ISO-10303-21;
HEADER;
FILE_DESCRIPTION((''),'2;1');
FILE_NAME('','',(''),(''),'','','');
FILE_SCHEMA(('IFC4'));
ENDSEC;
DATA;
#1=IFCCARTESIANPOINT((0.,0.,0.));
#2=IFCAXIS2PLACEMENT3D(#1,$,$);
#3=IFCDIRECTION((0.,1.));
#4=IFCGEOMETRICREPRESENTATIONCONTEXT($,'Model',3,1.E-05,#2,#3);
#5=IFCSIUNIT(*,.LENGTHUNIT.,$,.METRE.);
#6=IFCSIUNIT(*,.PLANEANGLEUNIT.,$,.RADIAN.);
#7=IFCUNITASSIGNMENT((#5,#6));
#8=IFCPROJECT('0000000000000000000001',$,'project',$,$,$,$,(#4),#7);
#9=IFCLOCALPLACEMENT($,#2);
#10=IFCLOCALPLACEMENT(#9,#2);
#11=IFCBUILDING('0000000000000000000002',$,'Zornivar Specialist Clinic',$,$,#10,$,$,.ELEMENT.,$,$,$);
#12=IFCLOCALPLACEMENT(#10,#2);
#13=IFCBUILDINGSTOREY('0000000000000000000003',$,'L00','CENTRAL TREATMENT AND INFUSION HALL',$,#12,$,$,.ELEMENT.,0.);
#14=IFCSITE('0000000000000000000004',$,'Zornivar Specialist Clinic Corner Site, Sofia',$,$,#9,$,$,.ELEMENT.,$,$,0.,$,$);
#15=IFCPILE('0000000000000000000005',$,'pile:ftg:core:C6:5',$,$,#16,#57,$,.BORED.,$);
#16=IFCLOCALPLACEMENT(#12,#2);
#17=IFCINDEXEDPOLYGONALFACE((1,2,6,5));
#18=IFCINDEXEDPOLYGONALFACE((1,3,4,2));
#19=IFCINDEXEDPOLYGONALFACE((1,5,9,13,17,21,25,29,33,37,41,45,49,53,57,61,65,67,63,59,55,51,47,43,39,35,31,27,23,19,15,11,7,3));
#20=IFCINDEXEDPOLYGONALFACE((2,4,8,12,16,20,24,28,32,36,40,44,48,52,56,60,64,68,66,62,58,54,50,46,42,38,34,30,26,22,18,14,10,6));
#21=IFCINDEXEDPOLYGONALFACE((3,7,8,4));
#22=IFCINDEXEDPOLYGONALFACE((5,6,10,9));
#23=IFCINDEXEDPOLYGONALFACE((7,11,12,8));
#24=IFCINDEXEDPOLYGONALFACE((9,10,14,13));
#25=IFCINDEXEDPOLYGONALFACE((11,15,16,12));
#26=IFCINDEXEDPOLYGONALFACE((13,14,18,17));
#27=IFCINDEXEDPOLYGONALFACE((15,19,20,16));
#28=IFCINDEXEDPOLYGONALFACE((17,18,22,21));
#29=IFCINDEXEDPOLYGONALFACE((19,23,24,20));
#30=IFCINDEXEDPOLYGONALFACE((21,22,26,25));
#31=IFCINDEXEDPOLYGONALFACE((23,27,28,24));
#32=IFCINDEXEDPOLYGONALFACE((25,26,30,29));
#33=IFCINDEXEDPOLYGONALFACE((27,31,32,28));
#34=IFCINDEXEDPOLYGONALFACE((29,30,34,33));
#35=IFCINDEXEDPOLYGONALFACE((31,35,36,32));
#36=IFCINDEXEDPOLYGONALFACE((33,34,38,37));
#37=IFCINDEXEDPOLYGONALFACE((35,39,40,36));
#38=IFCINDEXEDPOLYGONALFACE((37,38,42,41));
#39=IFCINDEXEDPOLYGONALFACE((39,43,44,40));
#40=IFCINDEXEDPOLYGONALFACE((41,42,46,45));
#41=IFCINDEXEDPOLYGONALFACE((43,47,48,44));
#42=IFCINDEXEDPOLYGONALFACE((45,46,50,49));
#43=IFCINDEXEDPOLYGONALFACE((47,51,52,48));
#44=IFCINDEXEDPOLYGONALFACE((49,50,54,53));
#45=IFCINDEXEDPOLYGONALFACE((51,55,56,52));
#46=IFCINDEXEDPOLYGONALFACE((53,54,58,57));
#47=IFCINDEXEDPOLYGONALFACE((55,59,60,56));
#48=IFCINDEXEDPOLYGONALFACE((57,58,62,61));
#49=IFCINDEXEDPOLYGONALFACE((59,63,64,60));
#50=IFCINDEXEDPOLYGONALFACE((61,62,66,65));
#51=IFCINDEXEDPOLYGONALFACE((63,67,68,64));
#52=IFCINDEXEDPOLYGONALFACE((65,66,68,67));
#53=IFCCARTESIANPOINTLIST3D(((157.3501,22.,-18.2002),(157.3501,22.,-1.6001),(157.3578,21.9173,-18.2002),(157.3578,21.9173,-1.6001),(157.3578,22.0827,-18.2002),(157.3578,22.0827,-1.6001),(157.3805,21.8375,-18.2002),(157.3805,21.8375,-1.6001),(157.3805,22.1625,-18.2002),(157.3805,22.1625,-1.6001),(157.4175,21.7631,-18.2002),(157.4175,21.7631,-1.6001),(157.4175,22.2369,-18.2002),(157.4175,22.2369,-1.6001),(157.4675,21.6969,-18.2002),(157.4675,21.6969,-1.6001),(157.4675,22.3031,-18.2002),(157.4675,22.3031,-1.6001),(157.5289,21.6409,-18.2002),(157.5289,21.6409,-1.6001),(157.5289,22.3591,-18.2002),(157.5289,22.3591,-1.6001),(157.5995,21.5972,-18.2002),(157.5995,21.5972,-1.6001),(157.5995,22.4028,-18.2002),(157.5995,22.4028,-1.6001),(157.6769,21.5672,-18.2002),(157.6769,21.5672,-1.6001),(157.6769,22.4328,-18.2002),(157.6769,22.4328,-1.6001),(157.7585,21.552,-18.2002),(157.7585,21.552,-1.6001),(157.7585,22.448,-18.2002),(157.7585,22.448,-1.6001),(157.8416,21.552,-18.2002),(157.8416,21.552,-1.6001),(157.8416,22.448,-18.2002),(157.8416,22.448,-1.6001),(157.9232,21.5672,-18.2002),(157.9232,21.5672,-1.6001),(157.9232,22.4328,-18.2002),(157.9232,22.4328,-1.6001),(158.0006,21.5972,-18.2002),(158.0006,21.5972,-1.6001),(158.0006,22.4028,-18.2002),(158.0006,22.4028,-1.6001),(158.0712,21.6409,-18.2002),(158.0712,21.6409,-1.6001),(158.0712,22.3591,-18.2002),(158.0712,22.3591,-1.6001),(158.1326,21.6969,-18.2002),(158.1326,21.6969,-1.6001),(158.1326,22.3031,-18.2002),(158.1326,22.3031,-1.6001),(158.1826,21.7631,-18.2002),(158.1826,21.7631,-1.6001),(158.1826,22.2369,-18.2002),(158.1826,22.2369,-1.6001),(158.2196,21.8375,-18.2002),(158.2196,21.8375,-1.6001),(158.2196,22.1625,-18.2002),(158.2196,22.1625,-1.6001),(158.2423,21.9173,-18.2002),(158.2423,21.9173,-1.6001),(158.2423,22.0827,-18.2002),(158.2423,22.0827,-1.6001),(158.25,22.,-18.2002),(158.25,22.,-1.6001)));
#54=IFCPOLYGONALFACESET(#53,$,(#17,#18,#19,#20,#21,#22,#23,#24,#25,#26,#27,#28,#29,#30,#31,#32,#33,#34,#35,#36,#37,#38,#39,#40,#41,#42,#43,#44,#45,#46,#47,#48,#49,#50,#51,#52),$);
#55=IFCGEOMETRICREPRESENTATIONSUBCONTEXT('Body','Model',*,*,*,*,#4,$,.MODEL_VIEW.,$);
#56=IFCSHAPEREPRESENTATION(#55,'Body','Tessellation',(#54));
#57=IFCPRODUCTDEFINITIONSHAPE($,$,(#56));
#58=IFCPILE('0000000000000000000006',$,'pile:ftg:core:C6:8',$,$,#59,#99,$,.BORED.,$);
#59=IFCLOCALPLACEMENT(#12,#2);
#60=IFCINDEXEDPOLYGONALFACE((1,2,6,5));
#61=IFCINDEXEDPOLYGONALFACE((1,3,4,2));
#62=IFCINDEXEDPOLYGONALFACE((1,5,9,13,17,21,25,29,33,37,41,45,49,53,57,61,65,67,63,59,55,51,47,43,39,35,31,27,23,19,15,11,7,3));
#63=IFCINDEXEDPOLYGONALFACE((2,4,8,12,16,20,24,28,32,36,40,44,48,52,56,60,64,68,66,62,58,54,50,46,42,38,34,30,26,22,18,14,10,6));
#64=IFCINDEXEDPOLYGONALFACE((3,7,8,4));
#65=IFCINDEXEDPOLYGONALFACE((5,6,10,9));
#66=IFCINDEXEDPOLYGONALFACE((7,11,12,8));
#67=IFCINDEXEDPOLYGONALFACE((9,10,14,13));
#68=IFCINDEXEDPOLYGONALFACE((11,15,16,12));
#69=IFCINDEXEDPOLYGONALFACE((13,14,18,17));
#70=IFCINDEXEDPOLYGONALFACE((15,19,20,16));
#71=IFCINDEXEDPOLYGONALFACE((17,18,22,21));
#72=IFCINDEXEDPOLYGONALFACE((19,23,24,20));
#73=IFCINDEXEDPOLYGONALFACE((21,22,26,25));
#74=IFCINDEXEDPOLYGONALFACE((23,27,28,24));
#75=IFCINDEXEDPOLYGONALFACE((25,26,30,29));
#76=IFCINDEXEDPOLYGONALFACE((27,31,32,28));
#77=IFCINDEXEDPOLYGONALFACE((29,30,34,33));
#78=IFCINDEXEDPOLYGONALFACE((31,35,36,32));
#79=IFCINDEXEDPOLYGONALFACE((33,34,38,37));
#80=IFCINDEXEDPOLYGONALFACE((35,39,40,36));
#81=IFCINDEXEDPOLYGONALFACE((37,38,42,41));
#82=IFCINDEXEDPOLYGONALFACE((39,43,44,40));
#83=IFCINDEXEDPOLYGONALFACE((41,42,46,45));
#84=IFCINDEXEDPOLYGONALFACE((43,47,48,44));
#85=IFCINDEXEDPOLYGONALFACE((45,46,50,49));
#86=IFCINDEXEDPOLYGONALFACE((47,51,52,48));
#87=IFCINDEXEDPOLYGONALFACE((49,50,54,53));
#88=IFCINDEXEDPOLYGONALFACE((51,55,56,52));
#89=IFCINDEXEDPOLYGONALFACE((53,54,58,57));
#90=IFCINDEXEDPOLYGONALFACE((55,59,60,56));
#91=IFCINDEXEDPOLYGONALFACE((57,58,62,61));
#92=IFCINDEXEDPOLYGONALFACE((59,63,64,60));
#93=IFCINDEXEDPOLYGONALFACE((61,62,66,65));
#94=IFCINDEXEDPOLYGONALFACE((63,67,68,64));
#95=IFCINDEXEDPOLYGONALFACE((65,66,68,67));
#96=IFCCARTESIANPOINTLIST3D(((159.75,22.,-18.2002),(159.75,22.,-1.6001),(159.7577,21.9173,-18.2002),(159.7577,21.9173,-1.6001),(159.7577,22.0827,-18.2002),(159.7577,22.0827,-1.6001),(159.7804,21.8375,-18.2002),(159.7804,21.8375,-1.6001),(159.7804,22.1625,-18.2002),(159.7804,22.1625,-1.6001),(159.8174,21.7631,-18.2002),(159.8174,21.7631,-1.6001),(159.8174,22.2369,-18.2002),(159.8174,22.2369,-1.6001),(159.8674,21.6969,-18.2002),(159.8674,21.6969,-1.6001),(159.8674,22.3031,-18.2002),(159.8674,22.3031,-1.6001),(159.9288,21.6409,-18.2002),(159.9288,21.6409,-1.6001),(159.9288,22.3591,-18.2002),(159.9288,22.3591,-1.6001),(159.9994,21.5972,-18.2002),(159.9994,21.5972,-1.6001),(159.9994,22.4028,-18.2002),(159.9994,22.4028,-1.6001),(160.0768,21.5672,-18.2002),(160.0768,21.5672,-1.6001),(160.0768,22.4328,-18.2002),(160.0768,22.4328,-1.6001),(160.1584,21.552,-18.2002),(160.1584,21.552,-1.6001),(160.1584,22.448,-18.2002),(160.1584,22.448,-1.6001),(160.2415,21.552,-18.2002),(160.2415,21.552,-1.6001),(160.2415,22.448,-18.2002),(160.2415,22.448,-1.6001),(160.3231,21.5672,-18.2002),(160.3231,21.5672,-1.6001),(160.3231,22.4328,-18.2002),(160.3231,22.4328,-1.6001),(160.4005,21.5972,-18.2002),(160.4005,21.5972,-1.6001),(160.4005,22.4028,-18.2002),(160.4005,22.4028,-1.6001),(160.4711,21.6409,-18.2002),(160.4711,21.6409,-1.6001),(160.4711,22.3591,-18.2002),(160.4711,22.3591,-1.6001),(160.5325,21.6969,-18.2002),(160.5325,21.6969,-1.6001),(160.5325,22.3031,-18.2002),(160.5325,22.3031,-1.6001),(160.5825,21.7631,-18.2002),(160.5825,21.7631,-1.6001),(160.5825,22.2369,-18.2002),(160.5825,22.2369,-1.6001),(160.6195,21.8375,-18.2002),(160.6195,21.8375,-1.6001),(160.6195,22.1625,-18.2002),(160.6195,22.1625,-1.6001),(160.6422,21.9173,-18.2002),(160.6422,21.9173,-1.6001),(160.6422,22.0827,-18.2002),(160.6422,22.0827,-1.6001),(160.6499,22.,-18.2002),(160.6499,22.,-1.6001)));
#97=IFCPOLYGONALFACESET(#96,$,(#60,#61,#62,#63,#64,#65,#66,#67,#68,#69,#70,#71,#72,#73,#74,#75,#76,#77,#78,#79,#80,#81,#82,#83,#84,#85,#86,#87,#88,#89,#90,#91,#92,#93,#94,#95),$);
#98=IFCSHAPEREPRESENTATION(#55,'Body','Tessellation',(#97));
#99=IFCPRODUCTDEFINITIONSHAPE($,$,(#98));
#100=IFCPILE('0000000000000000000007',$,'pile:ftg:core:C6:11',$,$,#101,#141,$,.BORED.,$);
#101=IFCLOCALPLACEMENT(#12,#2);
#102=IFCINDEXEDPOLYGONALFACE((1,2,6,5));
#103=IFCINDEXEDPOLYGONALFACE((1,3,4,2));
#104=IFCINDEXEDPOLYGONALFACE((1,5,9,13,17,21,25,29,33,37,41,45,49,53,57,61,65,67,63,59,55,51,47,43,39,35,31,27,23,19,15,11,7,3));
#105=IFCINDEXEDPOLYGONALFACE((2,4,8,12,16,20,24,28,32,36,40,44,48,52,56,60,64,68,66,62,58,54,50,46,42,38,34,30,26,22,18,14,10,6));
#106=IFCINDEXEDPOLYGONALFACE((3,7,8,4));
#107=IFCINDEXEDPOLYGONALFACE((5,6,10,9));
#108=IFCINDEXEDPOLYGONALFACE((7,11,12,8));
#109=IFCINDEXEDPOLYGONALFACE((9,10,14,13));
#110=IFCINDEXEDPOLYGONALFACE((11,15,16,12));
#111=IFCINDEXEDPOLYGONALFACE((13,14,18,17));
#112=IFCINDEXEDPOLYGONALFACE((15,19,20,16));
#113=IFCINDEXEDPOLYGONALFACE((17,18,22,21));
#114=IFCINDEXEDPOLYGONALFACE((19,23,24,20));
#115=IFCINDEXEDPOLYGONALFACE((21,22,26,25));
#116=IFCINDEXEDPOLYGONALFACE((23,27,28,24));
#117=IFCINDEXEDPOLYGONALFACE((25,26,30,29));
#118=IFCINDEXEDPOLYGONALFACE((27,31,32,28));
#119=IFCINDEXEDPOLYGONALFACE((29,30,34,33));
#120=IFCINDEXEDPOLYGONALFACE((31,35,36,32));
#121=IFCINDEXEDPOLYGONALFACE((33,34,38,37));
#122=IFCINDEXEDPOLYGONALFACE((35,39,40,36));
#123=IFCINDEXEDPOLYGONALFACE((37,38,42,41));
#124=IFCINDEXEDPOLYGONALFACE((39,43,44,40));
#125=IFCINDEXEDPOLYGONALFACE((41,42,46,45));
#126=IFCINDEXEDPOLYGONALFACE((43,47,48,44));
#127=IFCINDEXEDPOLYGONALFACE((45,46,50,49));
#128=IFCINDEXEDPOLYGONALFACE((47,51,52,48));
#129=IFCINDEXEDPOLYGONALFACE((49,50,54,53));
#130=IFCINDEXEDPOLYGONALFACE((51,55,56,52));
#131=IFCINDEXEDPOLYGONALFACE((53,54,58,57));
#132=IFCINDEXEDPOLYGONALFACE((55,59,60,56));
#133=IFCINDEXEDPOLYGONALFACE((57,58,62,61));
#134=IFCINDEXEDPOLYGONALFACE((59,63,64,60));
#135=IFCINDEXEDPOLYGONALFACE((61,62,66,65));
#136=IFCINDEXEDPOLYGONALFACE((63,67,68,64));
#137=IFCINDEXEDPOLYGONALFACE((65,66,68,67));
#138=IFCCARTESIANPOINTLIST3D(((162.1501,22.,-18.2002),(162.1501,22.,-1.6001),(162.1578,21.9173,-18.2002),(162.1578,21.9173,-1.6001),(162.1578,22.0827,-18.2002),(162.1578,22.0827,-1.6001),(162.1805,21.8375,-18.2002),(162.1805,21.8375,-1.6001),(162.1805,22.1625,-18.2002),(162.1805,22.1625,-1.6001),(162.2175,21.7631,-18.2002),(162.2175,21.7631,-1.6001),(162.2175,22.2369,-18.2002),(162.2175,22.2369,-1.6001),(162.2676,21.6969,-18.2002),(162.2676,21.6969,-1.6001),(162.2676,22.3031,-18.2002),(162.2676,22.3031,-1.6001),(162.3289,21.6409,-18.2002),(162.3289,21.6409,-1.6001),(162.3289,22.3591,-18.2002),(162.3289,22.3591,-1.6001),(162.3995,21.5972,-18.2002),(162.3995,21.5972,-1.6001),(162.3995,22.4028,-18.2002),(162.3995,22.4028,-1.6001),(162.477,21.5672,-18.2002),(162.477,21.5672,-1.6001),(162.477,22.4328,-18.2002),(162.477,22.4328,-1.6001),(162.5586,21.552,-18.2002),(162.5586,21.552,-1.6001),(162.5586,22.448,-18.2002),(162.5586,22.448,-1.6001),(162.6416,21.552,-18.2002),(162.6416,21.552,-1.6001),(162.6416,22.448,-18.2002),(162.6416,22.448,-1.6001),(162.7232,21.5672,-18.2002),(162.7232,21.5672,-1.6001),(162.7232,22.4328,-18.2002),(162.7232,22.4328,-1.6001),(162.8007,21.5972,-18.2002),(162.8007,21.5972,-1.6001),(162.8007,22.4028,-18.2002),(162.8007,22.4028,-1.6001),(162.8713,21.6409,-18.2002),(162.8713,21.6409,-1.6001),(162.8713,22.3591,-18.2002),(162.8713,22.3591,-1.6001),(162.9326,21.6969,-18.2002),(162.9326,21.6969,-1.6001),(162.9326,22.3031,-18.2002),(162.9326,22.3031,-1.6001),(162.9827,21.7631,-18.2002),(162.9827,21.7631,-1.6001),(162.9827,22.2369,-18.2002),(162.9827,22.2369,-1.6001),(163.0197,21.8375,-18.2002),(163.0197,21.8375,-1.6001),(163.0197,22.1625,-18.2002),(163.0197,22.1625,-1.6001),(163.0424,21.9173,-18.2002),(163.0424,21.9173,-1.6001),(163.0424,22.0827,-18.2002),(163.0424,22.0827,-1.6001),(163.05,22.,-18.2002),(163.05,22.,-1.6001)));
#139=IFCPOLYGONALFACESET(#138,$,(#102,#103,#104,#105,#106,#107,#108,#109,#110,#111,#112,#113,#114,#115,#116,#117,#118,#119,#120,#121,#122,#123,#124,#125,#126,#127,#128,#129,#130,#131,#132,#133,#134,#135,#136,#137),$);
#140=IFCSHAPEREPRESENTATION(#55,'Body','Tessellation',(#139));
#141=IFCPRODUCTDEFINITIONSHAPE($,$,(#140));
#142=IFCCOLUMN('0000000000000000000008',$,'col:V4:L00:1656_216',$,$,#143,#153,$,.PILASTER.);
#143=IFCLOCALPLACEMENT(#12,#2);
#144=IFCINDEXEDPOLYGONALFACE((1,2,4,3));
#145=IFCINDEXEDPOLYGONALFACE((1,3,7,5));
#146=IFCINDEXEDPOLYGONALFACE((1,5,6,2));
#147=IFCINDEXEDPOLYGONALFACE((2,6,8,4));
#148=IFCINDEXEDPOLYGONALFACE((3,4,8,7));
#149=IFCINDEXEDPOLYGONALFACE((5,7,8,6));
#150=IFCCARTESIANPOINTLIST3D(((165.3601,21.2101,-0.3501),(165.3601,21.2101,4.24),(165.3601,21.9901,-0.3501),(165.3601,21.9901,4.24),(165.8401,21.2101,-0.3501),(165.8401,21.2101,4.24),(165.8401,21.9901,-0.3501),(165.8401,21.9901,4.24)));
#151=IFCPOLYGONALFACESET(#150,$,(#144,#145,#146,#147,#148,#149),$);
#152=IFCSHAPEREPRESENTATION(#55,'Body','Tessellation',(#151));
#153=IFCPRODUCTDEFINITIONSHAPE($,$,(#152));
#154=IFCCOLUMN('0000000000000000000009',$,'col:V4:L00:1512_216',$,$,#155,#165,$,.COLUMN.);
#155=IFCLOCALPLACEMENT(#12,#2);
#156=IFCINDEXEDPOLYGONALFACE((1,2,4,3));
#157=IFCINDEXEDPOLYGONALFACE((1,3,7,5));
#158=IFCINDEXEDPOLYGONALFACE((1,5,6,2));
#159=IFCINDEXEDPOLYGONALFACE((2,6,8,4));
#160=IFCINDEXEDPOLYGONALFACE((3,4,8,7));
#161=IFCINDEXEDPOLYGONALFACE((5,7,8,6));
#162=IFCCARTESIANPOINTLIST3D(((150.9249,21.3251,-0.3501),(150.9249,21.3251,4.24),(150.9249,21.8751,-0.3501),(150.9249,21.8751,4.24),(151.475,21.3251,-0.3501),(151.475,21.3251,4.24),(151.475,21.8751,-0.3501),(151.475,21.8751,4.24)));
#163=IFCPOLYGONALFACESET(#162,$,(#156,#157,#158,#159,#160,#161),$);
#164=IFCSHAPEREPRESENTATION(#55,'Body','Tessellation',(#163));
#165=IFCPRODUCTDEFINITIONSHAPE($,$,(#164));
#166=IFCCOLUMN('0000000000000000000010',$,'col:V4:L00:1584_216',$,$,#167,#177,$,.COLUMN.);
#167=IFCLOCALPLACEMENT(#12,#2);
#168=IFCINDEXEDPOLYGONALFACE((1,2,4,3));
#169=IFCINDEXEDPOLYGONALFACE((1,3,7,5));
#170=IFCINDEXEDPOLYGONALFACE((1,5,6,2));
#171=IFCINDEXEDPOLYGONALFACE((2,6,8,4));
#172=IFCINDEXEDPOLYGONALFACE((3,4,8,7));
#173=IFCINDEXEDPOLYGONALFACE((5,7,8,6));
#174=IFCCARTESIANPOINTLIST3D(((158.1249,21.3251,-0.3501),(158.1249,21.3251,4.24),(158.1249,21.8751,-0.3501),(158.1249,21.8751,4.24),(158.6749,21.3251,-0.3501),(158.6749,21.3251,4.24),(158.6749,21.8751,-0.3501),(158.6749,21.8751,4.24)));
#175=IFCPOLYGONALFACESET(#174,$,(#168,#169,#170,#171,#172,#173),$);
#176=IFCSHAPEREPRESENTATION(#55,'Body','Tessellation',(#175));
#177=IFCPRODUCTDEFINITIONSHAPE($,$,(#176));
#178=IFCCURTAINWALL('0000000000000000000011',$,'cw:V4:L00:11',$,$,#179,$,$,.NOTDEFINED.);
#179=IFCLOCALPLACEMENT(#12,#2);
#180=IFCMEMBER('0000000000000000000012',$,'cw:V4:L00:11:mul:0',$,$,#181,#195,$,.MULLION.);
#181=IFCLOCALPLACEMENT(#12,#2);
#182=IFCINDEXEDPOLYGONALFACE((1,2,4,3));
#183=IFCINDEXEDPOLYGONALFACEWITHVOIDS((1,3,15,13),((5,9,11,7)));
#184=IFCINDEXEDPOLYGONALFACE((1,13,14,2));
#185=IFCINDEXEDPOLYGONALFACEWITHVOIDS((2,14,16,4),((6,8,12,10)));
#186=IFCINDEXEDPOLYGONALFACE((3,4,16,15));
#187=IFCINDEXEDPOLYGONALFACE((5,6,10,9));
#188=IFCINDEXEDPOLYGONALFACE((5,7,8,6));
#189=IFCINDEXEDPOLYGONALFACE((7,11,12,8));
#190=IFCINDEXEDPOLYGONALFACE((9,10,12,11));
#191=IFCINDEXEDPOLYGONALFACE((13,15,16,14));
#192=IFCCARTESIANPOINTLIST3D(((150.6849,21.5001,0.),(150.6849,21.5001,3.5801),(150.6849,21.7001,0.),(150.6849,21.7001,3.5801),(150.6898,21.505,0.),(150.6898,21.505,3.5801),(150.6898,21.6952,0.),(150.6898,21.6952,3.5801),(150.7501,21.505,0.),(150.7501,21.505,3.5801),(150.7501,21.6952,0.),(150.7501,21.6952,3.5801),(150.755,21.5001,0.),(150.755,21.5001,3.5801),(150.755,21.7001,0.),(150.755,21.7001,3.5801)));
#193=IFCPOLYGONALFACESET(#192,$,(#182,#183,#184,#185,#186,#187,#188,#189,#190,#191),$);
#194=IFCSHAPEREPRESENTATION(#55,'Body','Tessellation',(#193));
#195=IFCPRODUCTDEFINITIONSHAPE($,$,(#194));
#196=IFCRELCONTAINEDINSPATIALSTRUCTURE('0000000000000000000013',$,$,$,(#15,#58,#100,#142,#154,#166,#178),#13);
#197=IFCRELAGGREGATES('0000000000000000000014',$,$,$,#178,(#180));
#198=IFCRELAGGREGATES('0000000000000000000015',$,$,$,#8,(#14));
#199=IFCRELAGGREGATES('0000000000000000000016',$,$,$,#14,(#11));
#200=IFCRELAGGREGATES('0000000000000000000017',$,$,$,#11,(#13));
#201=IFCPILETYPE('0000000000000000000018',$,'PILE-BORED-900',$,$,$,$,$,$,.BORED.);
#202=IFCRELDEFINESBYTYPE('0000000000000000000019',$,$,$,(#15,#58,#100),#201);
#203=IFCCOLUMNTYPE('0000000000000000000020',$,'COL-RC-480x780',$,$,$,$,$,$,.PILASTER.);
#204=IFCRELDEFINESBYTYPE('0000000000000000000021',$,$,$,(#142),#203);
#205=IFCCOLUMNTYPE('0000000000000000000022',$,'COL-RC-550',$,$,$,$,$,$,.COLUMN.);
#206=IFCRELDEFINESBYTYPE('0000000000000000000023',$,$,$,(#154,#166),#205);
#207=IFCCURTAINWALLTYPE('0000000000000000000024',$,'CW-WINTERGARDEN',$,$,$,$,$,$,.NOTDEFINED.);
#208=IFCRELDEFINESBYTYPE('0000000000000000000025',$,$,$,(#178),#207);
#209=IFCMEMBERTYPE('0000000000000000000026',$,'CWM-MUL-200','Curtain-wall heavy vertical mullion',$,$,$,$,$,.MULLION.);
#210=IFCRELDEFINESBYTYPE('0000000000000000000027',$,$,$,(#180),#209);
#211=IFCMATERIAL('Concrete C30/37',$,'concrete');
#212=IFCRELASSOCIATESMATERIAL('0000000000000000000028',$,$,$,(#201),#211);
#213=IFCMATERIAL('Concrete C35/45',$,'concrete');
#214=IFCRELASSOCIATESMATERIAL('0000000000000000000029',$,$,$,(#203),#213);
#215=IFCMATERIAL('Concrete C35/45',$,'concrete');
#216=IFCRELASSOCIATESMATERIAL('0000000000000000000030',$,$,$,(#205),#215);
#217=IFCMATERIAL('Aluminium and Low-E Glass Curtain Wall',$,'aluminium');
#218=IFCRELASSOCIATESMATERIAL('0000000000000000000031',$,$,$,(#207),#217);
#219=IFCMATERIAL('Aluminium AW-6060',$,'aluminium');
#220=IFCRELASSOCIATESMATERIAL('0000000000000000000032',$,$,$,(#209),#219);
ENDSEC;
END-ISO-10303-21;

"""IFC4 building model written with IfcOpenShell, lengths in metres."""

from ifc_helpers import new_model, si_unit, direction, frame, origin, origin_2d, place, context, subcontext, project, spatial, rectangle, hollow_rectangle, circle, extrude, material, material_profile, profile_set, type_object, element, aggregate, save


model = new_model("IFC4")

# Units and contexts
model_context = context("Model", 3, precision=1e-05, world=origin(), true_north=direction((0.0, 1.0)))
body_context = subcontext(model_context, "Body", "Model", "MODEL_VIEW")
ifc_project = project(units=[si_unit("LENGTHUNIT", "METRE"), si_unit("PLANEANGLEUNIT", "RADIAN")], contexts=[model_context])

# Site, building, storey
site_placement = place(None, origin())
site = spatial("IfcSite", under=ifc_project, at=site_placement, Name="Zornivar Specialist Clinic Corner Site, Sofia", CompositionType="ELEMENT", RefElevation=0.0)
building_placement = place(site_placement, origin())
building = spatial("IfcBuilding", under=site, at=building_placement, Name="Zornivar Specialist Clinic", CompositionType="ELEMENT")
storey_placement = place(building_placement, origin())
storey = spatial("IfcBuildingStorey", under=building, at=storey_placement, Name="L00", Description="CENTRAL TREATMENT AND INFUSION HALL", CompositionType="ELEMENT", Elevation=0.0)

# Piles
ifc_material_1 = material(Name="Concrete C30/37", Category="concrete")
ifc_material_profile_1 = material_profile(ifc_material_1, circle(Radius=0.45, at=origin_2d()), Name="PILE D900")
ifc_profile_set_1 = profile_set([ifc_material_profile_1], Name="Concrete C30/37")
pile_type_1 = type_object("IfcPileType", Name="PILE-BORED-900", PredefinedType="BORED", material=ifc_profile_set_1)
for number, where, z_axis, x_axis, name in (
    (1, (157.8, 22.0, -1.6001), (0.0, 0.0, -1.0), (1.0, 0.0, 0.0), "pile:ftg:core:C6:5"),
    (2, (160.2, 22.0, -1.6001), (0.0, 0.0, -1.0), (1.0, 0.0, 0.0), "pile:ftg:core:C6:8"),
    (3, (162.6001, 22.0, -1.6001), (0.0, 0.0, -1.0), (1.0, 0.0, 0.0), "pile:ftg:core:C6:11"),
):
    element("IfcPile", number, at=place(storey_placement, frame(where, z_axis=z_axis, x_axis=x_axis)), inside=storey, type_object=pile_type_1, Name=name, PredefinedType="BORED", context=body_context, shape_type="SweptSolid", body=[
        extrude(circle(Radius=0.45, at=origin_2d()), origin(), (0.0, 0.0, 1.0), 16.6001),
    ])

# Columns
ifc_material_2 = material(Name="Concrete C35/45", Category="concrete")
ifc_material_profile_2 = material_profile(ifc_material_2, rectangle(XDim=0.48, YDim=0.78, at=origin_2d()), Name="RC 480x780")
ifc_profile_set_2 = profile_set([ifc_material_profile_2], Name="Concrete C35/45")
column_type_1 = type_object("IfcColumnType", Name="COL-RC-480x780", PredefinedType="PILASTER", material=ifc_profile_set_2)
column_placement = place(storey_placement, frame((165.6001, 21.6001, -0.3501), z_axis=(0.0, 0.0, 1.0), x_axis=(1.0, 0.0, 0.0)))
element("IfcColumn", 4, at=column_placement, inside=storey, type_object=column_type_1, Name="col:V4:L00:1656_216", PredefinedType="PILASTER", context=body_context, shape_type="SweptSolid", body=[
    extrude(rectangle(XDim=0.48, YDim=0.78, at=origin_2d()), origin(), (0.0, 0.0, 1.0), 4.5901),
])
ifc_material_3 = material(Name="Concrete C35/45", Category="concrete")
ifc_material_profile_3 = material_profile(ifc_material_3, rectangle(XDim=0.55, YDim=0.55, at=origin_2d()), Name="RC 550x550")
ifc_profile_set_3 = profile_set([ifc_material_profile_3], Name="Concrete C35/45")
column_type_2 = type_object("IfcColumnType", Name="COL-RC-550", PredefinedType="COLUMN", material=ifc_profile_set_3)
for number, where, z_axis, x_axis, name in (
    (5, (151.2, 21.6001, -0.3501), (0.0, 0.0, 1.0), (1.0, 0.0, 0.0), "col:V4:L00:1512_216"),
    (6, (158.3999, 21.6001, -0.3501), (0.0, 0.0, 1.0), (1.0, 0.0, 0.0), "col:V4:L00:1584_216"),
):
    element("IfcColumn", number, at=place(storey_placement, frame(where, z_axis=z_axis, x_axis=x_axis)), inside=storey, type_object=column_type_2, Name=name, PredefinedType="COLUMN", context=body_context, shape_type="SweptSolid", body=[
        extrude(rectangle(XDim=0.55, YDim=0.55, at=origin_2d()), origin(), (0.0, 0.0, 1.0), 4.5901),
    ])

# Curtain wall, member
ifc_material_4 = material(Name="Aluminium and Low-E Glass Curtain Wall", Category="aluminium")
curtain_wall_type = type_object("IfcCurtainWallType", Name="CW-WINTERGARDEN", PredefinedType="NOTDEFINED", material=ifc_material_4)
curtain_wall_placement = place(storey_placement, origin())
curtain_wall = element("IfcCurtainWall", 7, at=curtain_wall_placement, inside=storey, type_object=curtain_wall_type, Name="cw:V4:L00:11", PredefinedType="NOTDEFINED")
ifc_material_5 = material(Name="Aluminium AW-6060", Category="aluminium")
ifc_material_profile_4 = material_profile(ifc_material_5, hollow_rectangle(XDim=0.0701, YDim=0.2, WallThickness=0.0049, at=origin_2d()), Name="ALU 70x200x5")
ifc_profile_set_4 = profile_set([ifc_material_profile_4], Name="Aluminium AW-6060")
member_type_1 = type_object("IfcMemberType", Name="CWM-MUL-200", Description="Curtain-wall heavy vertical mullion", PredefinedType="MULLION", material=ifc_profile_set_4)
member_1_placement = place(storey_placement, frame((150.72, 21.6001, 0.0), z_axis=(0.0, 0.0, 1.0), x_axis=(1.0, 0.0, 0.0)))
member_1 = element("IfcMember", 8, at=member_1_placement, type_object=member_type_1, Name="cw:V4:L00:11:mul:0", PredefinedType="MULLION", context=body_context, shape_type="SweptSolid", body=[
    extrude(hollow_rectangle(XDim=0.0701, YDim=0.2, WallThickness=0.0049, at=origin_2d()), origin(), (0.0, 0.0, 1.0), 3.5801),
])
aggregate(curtain_wall, [member_1])

save(model, "model.ifc")
